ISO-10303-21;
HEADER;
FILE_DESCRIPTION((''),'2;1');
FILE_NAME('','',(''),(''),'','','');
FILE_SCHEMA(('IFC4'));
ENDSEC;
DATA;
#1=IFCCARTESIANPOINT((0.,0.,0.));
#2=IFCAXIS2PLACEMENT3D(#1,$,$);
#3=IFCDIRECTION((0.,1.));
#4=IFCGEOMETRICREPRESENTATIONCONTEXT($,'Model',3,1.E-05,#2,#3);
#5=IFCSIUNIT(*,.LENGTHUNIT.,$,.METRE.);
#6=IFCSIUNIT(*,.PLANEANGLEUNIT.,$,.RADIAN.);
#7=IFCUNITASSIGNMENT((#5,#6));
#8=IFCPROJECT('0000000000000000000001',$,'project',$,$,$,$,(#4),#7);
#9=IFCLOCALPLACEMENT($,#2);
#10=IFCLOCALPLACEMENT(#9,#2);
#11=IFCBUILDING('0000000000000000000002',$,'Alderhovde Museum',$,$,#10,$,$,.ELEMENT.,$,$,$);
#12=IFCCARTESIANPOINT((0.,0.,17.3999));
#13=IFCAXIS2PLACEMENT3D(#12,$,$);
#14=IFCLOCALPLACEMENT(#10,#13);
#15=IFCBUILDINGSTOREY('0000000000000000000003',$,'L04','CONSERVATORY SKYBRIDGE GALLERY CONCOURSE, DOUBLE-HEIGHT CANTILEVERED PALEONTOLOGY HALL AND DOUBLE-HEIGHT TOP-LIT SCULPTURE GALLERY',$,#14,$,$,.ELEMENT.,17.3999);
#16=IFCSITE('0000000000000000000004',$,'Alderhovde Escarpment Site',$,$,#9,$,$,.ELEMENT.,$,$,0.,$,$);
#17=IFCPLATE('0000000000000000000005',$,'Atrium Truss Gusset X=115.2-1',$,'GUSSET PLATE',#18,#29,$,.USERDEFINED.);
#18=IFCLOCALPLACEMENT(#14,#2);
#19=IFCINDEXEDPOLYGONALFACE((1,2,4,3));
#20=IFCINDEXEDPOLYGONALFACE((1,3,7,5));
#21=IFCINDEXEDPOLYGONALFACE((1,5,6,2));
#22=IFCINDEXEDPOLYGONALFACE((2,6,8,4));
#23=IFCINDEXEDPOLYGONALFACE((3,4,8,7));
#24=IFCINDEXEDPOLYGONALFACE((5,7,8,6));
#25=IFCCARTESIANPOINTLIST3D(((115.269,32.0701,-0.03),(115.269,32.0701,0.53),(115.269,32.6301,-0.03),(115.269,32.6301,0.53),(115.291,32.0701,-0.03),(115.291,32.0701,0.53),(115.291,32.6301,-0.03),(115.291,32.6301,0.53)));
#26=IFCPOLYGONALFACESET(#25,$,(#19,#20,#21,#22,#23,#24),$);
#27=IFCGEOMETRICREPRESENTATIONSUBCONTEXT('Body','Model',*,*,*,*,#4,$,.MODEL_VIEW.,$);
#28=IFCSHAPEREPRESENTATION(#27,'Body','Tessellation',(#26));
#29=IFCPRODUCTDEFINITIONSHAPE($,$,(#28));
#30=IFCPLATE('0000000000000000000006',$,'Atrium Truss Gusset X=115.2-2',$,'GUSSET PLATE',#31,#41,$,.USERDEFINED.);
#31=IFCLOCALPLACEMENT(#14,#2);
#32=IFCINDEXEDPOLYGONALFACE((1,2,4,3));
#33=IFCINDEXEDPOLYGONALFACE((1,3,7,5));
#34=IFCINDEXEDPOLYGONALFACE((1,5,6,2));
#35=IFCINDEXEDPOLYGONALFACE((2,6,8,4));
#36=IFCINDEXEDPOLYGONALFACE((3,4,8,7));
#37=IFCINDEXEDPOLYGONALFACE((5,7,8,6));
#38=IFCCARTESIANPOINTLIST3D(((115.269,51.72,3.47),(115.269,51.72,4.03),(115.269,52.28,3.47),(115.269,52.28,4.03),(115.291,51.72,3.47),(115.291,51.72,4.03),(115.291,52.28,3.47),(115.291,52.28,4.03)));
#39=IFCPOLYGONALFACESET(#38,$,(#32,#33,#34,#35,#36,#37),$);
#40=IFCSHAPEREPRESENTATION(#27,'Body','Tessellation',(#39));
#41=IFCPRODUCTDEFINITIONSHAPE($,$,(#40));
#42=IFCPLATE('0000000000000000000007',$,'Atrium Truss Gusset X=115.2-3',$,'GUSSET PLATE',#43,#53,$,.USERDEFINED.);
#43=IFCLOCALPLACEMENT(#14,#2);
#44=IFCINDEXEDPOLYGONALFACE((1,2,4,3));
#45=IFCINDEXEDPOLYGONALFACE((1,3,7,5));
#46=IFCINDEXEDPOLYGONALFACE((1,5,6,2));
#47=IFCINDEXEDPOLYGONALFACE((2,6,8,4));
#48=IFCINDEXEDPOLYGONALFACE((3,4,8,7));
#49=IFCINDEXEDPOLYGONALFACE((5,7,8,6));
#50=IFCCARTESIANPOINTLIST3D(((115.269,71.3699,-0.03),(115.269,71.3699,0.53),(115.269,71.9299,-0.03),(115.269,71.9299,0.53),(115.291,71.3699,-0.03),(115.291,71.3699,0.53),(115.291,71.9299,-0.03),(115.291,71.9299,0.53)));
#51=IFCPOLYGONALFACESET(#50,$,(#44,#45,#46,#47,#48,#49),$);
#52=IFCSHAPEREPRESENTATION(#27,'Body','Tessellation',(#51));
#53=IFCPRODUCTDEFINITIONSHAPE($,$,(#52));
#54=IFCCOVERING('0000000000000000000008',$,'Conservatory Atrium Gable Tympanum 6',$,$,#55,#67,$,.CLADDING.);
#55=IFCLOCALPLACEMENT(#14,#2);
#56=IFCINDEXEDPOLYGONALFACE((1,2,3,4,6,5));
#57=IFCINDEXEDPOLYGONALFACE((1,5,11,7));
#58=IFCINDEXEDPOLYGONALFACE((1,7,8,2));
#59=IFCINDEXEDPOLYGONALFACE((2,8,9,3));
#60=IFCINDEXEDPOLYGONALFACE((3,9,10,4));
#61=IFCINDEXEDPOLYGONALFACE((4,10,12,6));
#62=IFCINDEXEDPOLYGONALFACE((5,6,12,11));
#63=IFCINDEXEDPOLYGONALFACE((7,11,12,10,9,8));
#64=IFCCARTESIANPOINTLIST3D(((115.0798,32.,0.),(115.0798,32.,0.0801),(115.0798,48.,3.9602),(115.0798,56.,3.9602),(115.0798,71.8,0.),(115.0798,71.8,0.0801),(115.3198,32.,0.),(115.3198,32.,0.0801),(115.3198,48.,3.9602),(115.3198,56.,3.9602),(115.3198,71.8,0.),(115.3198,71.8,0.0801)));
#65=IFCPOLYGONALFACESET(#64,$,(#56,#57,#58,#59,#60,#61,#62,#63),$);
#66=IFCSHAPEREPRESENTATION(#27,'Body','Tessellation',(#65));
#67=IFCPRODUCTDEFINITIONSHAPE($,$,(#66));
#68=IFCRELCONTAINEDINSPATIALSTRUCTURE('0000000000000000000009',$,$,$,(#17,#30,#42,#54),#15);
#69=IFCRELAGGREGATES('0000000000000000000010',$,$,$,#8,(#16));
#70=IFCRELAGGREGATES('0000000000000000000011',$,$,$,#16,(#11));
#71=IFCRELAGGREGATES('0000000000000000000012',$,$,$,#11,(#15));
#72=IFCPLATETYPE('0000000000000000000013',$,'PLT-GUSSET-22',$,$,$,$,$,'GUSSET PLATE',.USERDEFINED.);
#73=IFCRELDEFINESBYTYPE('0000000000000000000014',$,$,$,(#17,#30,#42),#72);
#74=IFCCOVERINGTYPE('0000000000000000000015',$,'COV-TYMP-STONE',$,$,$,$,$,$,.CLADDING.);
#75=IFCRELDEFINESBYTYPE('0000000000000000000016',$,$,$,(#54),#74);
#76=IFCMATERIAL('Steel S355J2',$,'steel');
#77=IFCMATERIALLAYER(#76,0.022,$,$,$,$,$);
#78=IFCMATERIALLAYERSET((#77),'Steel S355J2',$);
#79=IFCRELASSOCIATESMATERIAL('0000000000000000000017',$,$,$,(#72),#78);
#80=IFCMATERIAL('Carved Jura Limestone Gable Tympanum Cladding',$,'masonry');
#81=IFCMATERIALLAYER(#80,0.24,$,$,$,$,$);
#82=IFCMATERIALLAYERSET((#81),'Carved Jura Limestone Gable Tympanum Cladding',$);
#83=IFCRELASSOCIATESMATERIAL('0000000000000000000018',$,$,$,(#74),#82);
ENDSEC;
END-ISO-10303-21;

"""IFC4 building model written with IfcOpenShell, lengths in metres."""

from ifc_helpers import new_model, si_unit, direction, frame, origin, origin_2d, place, context, subcontext, project, spatial, polyline, rectangle, outline, extrude, material, layer, layer_set, type_object, element, save


model = new_model("IFC4")

# Units and contexts
model_context = context("Model", 3, precision=1e-05, world=origin(), true_north=direction((0.0, 1.0)))
body_context = subcontext(model_context, "Body", "Model", "MODEL_VIEW")
ifc_project = project(units=[si_unit("LENGTHUNIT", "METRE"), si_unit("PLANEANGLEUNIT", "RADIAN")], contexts=[model_context])

# Site, building, storey
site_placement = place(None, origin())
site = spatial("IfcSite", under=ifc_project, at=site_placement, Name="Alderhovde Escarpment Site", CompositionType="ELEMENT", RefElevation=0.0)
building_placement = place(site_placement, origin())
building = spatial("IfcBuilding", under=site, at=building_placement, Name="Alderhovde Museum", CompositionType="ELEMENT")
storey_placement = place(building_placement, frame((0.0, 0.0, 17.3999)))
storey = spatial("IfcBuildingStorey", under=building, at=storey_placement, Name="L04", Description="CONSERVATORY SKYBRIDGE GALLERY CONCOURSE, DOUBLE-HEIGHT CANTILEVERED PALEONTOLOGY HALL AND DOUBLE-HEIGHT TOP-LIT SCULPTURE GALLERY", CompositionType="ELEMENT", Elevation=17.3999)

# Plates
ifc_material_1 = material(Name="Steel S355J2", Category="steel")
ifc_layer_1 = layer(ifc_material_1, 0.022)
ifc_layer_set_1 = layer_set([ifc_layer_1], Name="Steel S355J2")
plate_type_1 = type_object("IfcPlateType", Name="PLT-GUSSET-22", ElementType="GUSSET PLATE", PredefinedType="USERDEFINED", material=ifc_layer_set_1)
for number, where, z_axis, x_axis, name in (
    (1, (115.28, 32.3501, -0.03), (0.0, 0.0, 1.0), (1.0, 0.0, 0.0), "Atrium Truss Gusset X=115.2-1"),
    (2, (115.28, 52.0, 3.47), (0.0, 0.0, 1.0), (1.0, 0.0, 0.0), "Atrium Truss Gusset X=115.2-2"),
    (3, (115.28, 71.6499, -0.03), (0.0, 0.0, 1.0), (1.0, 0.0, 0.0), "Atrium Truss Gusset X=115.2-3"),
):
    element("IfcPlate", number, at=place(storey_placement, frame(where, z_axis=z_axis, x_axis=x_axis)), inside=storey, type_object=plate_type_1, Name=name, ObjectType="GUSSET PLATE", PredefinedType="USERDEFINED", context=body_context, shape_type="SweptSolid", body=[
        extrude(rectangle(XDim=0.022, YDim=0.5601, at=origin_2d()), origin(), (0.0, 0.0, 1.0), 0.5601),
    ])

# Covering
ifc_material_2 = material(Name="Carved Jura Limestone Gable Tympanum Cladding", Category="masonry")
ifc_layer_2 = layer(ifc_material_2, 0.24)
ifc_layer_set_2 = layer_set([ifc_layer_2], Name="Carved Jura Limestone Gable Tympanum Cladding")
covering_type = type_object("IfcCoveringType", Name="COV-TYMP-STONE", PredefinedType="CLADDING", material=ifc_layer_set_2)
covering_placement = place(storey_placement, frame((115.2, 32.0, 0.0), z_axis=(0.0, 0.0, 1.0), x_axis=(0.0, 1.0, 0.0)))
element("IfcCovering", 4, at=covering_placement, inside=storey, type_object=covering_type, Name="Conservatory Atrium Gable Tympanum 6", PredefinedType="CLADDING", context=body_context, shape_type="SweptSolid", body=[
    extrude(outline(polyline([(0.0, 0.0), (39.8, 0.0), (39.8, 0.0801), (24.0, 3.9602), (16.0, 3.9602), (0.0, 0.0801), (0.0, 0.0)])), frame((0.0, 0.1201, 0.0), z_axis=(0.0, -1.0, 0.0), x_axis=(1.0, 0.0, 0.0)), (0.0, 0.0, 1.0), 0.24),
])

save(model, "model.ifc")
